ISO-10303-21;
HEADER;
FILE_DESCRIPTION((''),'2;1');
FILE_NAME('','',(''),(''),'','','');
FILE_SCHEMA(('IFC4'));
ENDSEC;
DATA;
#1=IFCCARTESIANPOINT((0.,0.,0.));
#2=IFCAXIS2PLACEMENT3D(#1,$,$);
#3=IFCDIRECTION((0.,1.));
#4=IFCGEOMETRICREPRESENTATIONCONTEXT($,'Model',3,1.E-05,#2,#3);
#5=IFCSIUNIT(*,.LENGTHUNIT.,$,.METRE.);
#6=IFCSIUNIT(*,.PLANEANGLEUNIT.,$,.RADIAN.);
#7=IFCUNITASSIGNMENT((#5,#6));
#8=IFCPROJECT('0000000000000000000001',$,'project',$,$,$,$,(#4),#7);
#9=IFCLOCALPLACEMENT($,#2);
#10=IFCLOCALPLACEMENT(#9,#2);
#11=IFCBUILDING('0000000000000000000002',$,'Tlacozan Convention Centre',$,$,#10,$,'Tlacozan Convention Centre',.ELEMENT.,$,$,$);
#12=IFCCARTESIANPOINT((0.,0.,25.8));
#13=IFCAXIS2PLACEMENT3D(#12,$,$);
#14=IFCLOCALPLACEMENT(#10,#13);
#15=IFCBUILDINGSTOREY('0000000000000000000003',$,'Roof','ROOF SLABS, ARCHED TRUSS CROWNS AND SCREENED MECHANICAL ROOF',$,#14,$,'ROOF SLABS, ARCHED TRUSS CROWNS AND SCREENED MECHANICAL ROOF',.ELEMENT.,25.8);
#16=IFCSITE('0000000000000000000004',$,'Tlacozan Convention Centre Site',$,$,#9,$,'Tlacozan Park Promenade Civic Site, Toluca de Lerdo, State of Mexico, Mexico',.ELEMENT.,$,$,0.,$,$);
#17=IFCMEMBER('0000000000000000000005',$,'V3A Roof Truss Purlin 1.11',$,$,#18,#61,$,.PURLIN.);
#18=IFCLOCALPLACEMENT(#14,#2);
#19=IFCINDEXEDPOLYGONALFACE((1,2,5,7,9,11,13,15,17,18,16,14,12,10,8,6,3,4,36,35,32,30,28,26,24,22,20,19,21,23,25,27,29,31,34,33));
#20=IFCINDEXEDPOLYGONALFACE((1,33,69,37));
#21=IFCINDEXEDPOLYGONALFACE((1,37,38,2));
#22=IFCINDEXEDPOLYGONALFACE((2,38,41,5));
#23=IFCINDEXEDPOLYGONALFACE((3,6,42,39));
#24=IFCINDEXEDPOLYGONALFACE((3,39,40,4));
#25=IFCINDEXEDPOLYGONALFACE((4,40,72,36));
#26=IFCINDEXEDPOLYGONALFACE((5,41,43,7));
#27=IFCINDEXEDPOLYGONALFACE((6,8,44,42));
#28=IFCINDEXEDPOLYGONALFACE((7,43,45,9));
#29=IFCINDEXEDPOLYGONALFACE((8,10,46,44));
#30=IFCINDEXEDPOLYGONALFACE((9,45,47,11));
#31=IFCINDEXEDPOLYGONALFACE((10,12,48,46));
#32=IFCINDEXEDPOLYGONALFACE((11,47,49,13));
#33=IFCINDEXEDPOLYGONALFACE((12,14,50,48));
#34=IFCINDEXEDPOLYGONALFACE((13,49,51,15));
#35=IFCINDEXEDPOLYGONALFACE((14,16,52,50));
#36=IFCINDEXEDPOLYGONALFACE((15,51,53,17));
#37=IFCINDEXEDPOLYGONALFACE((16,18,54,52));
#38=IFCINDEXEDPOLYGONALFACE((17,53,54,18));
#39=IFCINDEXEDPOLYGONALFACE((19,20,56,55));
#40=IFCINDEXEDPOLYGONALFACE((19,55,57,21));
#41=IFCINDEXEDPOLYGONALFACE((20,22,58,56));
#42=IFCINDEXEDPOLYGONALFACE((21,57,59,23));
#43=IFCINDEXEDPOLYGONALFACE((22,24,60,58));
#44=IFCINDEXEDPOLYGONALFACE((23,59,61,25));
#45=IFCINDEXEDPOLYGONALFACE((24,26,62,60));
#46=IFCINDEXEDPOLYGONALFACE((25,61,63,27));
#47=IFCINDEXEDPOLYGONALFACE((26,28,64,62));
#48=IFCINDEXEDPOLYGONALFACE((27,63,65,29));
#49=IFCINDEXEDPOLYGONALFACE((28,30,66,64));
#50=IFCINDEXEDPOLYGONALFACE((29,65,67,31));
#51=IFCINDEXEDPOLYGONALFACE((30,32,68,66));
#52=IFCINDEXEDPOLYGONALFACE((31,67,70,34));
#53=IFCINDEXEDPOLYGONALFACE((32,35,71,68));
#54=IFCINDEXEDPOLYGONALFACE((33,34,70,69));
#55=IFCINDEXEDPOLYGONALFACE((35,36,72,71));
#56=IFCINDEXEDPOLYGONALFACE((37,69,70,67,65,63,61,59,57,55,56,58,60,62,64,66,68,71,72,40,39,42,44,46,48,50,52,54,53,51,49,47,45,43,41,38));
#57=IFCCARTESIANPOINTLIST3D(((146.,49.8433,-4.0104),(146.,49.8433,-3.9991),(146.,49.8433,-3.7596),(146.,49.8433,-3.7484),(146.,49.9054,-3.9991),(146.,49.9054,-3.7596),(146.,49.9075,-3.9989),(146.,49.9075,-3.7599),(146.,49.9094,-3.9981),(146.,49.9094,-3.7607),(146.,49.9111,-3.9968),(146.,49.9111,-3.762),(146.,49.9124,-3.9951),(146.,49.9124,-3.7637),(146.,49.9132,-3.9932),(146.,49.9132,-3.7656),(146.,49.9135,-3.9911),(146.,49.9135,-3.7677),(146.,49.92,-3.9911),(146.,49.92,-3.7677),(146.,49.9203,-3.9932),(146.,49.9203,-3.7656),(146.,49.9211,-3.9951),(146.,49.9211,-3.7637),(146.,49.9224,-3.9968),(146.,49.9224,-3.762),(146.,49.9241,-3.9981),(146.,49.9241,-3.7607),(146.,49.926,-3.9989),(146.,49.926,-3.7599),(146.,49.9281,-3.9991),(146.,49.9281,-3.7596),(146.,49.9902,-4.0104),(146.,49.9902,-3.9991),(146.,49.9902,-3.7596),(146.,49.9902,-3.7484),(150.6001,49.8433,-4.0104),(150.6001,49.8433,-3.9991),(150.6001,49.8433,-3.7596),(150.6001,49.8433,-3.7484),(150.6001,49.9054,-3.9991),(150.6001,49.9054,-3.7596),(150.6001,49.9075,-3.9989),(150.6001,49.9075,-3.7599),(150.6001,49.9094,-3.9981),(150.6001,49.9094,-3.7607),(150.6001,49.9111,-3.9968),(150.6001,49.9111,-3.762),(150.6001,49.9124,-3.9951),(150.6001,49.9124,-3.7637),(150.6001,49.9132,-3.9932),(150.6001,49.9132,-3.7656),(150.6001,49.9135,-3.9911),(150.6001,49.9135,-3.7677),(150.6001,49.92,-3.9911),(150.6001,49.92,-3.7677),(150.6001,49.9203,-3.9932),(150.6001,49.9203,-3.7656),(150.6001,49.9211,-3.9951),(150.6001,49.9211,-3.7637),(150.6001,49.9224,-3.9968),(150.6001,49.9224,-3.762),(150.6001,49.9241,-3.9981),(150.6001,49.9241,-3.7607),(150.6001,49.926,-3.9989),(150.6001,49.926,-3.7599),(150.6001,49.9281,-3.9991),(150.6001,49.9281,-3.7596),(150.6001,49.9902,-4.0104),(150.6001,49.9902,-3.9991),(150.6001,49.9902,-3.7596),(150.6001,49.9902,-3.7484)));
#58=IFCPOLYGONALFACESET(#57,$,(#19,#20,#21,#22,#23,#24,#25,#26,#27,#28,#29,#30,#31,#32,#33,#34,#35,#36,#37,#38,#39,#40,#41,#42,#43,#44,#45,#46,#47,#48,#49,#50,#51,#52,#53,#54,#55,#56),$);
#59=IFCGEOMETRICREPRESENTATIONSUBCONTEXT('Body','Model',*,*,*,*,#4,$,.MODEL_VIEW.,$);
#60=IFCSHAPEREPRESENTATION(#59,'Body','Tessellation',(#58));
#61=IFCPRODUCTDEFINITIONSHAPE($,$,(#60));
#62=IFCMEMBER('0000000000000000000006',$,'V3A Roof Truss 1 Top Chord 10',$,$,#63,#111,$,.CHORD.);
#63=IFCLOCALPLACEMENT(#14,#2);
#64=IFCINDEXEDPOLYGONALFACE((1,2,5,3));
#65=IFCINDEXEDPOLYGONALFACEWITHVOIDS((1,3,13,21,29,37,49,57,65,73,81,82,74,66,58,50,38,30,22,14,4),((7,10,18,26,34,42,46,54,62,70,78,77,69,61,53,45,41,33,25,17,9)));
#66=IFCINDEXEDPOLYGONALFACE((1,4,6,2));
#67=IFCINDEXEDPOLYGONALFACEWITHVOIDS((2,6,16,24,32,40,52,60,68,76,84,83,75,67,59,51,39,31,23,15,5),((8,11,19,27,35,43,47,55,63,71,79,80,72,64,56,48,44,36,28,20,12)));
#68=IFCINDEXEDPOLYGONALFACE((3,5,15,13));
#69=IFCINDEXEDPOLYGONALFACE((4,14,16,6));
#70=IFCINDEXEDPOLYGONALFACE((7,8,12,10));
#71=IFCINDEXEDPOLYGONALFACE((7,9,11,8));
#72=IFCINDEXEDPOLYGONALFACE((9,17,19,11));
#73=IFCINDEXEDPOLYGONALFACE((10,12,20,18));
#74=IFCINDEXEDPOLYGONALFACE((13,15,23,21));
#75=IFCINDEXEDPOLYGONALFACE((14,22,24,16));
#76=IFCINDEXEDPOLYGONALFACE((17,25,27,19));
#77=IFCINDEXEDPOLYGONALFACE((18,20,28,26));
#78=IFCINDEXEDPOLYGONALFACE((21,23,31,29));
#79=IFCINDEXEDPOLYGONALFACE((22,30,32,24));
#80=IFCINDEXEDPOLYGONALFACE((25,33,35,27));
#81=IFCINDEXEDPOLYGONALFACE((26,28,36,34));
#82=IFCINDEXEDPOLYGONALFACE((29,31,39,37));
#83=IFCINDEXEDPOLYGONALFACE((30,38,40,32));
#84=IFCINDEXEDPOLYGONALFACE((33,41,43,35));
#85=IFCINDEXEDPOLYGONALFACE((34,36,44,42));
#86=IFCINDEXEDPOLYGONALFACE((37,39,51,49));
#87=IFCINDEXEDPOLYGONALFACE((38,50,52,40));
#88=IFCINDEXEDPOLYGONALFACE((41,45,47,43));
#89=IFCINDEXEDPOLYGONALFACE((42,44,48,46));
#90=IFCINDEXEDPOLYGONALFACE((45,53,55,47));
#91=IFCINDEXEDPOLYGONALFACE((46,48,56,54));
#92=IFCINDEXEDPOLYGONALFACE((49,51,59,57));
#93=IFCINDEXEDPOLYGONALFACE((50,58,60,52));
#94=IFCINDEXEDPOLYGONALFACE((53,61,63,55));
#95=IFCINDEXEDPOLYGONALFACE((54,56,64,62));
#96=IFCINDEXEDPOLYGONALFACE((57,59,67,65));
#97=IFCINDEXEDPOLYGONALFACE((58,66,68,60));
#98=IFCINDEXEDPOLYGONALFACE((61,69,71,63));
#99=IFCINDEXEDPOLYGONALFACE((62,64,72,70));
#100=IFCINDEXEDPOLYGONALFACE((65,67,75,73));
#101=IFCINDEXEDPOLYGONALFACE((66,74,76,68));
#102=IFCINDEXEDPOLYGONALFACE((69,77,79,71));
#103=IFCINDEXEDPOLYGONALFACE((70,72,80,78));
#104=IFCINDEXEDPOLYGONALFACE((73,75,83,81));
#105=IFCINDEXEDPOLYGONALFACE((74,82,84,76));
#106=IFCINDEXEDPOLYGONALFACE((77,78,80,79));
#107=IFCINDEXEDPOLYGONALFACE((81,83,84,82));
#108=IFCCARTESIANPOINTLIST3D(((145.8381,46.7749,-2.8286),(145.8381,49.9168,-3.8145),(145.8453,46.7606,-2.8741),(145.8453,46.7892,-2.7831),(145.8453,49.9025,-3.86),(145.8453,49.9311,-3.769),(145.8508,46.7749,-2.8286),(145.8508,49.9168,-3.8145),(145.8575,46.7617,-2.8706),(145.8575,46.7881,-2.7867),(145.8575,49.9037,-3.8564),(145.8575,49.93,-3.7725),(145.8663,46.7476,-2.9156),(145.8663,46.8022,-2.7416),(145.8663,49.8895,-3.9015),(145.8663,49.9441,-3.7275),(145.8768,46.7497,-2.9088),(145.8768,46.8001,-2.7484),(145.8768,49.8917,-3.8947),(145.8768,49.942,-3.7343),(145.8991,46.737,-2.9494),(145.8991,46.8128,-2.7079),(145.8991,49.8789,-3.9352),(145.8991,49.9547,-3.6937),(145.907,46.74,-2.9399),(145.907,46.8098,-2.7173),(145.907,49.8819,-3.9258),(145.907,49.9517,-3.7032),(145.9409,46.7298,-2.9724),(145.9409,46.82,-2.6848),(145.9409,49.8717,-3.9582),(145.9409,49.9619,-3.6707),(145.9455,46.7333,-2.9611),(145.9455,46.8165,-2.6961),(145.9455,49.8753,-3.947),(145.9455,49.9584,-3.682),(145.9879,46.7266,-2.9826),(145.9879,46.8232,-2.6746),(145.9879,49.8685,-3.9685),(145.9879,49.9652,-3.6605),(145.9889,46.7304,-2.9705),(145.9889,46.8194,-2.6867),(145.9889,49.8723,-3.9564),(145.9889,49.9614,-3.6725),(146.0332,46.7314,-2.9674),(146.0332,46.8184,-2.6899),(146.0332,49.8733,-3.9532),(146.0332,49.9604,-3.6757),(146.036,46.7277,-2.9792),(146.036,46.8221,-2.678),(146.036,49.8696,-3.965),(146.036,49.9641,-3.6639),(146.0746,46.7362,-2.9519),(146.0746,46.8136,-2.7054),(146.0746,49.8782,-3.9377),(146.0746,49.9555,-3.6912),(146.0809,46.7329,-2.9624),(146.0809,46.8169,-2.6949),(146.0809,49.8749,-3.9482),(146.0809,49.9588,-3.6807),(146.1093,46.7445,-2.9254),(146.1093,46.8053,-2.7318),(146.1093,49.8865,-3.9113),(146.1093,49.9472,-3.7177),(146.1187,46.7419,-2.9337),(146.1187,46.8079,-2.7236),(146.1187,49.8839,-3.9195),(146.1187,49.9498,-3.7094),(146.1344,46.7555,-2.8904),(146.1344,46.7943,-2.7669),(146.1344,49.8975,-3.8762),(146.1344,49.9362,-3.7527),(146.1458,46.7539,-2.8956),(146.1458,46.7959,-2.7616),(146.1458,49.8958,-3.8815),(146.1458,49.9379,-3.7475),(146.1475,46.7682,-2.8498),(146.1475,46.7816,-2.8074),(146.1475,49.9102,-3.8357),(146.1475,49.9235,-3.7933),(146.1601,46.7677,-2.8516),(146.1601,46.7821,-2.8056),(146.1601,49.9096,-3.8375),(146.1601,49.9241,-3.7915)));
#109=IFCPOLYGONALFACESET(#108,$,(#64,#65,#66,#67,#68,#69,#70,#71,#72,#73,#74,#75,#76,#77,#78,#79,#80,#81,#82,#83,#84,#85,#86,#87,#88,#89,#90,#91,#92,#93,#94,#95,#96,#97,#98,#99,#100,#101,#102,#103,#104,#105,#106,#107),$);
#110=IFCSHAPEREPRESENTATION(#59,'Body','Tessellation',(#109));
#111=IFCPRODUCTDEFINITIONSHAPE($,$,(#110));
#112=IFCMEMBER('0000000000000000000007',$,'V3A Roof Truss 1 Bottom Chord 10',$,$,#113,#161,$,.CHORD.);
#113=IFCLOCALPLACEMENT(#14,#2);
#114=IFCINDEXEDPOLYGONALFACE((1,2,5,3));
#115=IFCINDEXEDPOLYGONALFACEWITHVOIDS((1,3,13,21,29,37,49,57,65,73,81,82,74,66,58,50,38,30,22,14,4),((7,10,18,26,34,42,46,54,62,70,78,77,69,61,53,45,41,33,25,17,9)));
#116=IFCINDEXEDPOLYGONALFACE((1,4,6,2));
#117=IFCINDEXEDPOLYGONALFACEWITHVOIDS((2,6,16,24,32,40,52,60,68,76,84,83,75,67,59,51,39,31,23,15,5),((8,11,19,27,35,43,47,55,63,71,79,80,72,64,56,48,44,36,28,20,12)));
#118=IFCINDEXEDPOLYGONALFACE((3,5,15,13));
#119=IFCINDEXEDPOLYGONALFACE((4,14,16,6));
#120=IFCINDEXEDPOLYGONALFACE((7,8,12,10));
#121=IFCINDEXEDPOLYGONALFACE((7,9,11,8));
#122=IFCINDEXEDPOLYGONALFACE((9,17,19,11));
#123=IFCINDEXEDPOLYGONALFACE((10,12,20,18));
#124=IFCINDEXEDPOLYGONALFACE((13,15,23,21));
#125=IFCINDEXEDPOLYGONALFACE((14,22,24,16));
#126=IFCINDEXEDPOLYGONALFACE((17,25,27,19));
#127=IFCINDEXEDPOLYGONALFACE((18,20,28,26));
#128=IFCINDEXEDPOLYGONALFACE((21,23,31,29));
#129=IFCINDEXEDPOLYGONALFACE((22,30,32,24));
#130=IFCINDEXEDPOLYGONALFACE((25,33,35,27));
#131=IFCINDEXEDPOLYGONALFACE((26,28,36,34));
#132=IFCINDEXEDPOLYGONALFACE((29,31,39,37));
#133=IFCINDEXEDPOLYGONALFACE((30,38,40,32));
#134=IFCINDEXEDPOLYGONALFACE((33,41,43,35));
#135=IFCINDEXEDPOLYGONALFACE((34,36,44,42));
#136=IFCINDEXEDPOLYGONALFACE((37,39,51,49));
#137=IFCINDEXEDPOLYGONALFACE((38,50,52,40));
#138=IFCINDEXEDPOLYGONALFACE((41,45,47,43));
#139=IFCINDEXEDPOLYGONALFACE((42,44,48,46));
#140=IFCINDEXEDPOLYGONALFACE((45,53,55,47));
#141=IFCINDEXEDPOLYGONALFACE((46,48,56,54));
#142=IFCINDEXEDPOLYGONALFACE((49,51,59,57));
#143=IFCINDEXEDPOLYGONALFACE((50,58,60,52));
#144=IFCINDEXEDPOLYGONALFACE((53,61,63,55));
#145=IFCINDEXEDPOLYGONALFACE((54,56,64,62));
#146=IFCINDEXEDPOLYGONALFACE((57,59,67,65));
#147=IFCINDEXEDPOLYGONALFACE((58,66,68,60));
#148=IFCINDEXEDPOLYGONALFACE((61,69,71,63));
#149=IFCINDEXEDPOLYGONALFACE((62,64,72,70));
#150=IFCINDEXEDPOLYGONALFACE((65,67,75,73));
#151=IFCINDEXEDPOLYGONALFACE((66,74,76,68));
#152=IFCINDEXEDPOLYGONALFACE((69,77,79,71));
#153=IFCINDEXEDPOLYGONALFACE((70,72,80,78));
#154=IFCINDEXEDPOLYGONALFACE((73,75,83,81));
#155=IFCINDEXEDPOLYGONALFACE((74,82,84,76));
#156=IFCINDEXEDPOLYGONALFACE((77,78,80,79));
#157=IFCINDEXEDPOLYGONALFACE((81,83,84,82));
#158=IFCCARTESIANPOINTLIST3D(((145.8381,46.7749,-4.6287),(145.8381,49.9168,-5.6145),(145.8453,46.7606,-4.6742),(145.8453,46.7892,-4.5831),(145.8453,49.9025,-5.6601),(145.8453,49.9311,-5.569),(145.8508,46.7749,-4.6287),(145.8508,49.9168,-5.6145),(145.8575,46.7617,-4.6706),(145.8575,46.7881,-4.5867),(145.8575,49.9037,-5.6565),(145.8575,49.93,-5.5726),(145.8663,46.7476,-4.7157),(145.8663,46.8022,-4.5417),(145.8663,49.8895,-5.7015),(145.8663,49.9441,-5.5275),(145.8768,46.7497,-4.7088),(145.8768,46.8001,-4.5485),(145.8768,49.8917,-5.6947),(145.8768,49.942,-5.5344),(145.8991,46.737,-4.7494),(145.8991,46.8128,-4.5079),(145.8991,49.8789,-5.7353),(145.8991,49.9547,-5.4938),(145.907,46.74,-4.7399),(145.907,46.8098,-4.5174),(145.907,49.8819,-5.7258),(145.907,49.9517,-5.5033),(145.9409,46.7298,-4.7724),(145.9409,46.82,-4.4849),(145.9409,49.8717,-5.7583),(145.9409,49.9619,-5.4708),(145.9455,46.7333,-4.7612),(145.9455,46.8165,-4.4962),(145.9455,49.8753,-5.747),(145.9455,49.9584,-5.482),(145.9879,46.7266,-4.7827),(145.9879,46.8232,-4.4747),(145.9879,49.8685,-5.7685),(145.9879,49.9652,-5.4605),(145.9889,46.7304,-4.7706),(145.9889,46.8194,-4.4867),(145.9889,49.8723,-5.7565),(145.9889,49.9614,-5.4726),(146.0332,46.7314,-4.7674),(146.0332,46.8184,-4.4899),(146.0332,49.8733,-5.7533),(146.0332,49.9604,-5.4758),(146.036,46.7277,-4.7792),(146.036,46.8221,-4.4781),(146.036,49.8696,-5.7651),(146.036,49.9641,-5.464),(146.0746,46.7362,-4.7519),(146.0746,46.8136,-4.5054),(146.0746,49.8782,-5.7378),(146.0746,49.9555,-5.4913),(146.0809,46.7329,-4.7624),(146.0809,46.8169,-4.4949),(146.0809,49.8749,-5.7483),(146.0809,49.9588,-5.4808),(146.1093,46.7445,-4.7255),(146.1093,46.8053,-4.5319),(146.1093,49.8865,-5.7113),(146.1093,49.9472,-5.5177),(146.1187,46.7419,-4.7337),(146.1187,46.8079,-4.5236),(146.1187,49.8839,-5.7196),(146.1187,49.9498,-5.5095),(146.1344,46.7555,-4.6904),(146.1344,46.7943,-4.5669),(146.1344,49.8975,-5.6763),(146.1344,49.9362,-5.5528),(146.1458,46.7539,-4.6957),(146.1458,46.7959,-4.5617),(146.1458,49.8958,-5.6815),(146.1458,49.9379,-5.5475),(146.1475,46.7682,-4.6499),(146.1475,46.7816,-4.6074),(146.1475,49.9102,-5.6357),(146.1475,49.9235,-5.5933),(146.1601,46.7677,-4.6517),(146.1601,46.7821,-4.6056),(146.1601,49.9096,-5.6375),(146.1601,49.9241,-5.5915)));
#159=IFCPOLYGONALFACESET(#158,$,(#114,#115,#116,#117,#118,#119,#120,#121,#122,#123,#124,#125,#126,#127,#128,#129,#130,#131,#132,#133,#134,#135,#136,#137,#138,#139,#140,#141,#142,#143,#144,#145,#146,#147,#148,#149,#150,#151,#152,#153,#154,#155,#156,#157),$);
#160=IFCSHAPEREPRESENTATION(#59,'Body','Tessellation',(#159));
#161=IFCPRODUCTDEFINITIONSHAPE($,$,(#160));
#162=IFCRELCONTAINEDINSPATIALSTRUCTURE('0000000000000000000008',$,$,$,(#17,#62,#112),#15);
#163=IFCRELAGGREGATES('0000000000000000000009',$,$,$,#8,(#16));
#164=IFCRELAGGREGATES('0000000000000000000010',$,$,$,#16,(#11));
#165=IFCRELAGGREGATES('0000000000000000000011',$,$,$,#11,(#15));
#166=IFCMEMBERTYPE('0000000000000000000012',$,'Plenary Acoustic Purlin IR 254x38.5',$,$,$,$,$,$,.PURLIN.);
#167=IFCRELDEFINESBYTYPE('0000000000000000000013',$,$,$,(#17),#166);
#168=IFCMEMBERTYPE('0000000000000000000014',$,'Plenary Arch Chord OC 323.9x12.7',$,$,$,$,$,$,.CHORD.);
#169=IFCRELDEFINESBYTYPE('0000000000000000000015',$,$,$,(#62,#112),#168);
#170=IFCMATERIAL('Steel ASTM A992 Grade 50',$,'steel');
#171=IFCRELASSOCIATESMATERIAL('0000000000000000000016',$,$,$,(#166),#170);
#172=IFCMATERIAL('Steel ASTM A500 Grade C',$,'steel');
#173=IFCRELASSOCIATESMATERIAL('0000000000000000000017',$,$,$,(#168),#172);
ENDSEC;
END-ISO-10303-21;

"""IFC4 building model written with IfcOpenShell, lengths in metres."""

from ifc_helpers import new_model, si_unit, direction, frame, origin, origin_2d, place, context, subcontext, project, spatial, hollow_circle, i_section, extrude, material, material_profile, profile_set, type_object, element, save


model = new_model("IFC4")

# Units and contexts
model_context = context("Model", 3, precision=1e-05, world=origin(), true_north=direction((0.0, 1.0)))
body_context = subcontext(model_context, "Body", "Model", "MODEL_VIEW")
ifc_project = project(units=[si_unit("LENGTHUNIT", "METRE"), si_unit("PLANEANGLEUNIT", "RADIAN")], contexts=[model_context])

# Site, building, storey
site_placement = place(None, origin())
site = spatial("IfcSite", under=ifc_project, at=site_placement, Name="Tlacozan Convention Centre Site", LongName="Tlacozan Park Promenade Civic Site, Toluca de Lerdo, State of Mexico, Mexico", CompositionType="ELEMENT", RefElevation=0.0)
building_placement = place(site_placement, origin())
building = spatial("IfcBuilding", under=site, at=building_placement, Name="Tlacozan Convention Centre", LongName="Tlacozan Convention Centre", CompositionType="ELEMENT")
storey_placement = place(building_placement, frame((0.0, 0.0, 25.8)))
storey = spatial("IfcBuildingStorey", under=building, at=storey_placement, Name="Roof", Description="ROOF SLABS, ARCHED TRUSS CROWNS AND SCREENED MECHANICAL ROOF", LongName="ROOF SLABS, ARCHED TRUSS CROWNS AND SCREENED MECHANICAL ROOF", CompositionType="ELEMENT", Elevation=25.8)

# Members
ifc_material_1 = material(Name="Steel ASTM A992 Grade 50", Category="steel")
ifc_material_profile_1 = material_profile(ifc_material_1, i_section(OverallWidth=0.147, OverallDepth=0.262, WebThickness=0.0066, FlangeThickness=0.0112, FilletRadius=0.0081, at=origin_2d()), Name="IR 254x38.5")
ifc_profile_set_1 = profile_set([ifc_material_profile_1], Name="Steel ASTM A992 Grade 50")
member_type_1 = type_object("IfcMemberType", Name="Plenary Acoustic Purlin IR 254x38.5", PredefinedType="PURLIN", material=ifc_profile_set_1)
member_1_placement = place(storey_placement, frame((146.0, 49.9167, -3.8794), z_axis=(1.0, 0.0, 0.0), x_axis=(0.0, 1.0, 0.0)))
element("IfcMember", 1, at=member_1_placement, inside=storey, type_object=member_type_1, Name="V3A Roof Truss Purlin 1.11", PredefinedType="PURLIN", context=body_context, shape_type="SweptSolid", body=[
    extrude(i_section(OverallWidth=0.147, OverallDepth=0.262, WebThickness=0.0066, FlangeThickness=0.0112, FilletRadius=0.0081, at=origin_2d()), origin(), (0.0, 0.0, 1.0), 4.6001),
])
ifc_material_2 = material(Name="Steel ASTM A500 Grade C", Category="steel")
ifc_material_profile_2 = material_profile(ifc_material_2, hollow_circle(Radius=0.1619, WallThickness=0.0127, at=origin_2d()), Name="OC 323.9x12.7")
ifc_profile_set_2 = profile_set([ifc_material_profile_2], Name="Steel ASTM A500 Grade C")
member_type_2 = type_object("IfcMemberType", Name="Plenary Arch Chord OC 323.9x12.7", PredefinedType="CHORD", material=ifc_profile_set_2)
for number, where, z_axis, x_axis, name in (
    (2, (146.0, 46.7749, -2.8286), (0.0, 0.954132, -0.299385), (-1.0, 0.0, 0.0), "V3A Roof Truss 1 Top Chord 10"),
    (3, (146.0, 46.7749, -4.6287), (0.0, 0.954132, -0.299385), (-1.0, 0.0, 0.0), "V3A Roof Truss 1 Bottom Chord 10"),
):
    element("IfcMember", number, at=place(storey_placement, frame(where, z_axis=z_axis, x_axis=x_axis)), inside=storey, type_object=member_type_2, Name=name, PredefinedType="CHORD", context=body_context, shape_type="SweptSolid", body=[
        extrude(hollow_circle(Radius=0.1619, WallThickness=0.0127, at=origin_2d()), origin(), (0.0, 0.0, 1.0), 3.293),
    ])

save(model, "model.ifc")
